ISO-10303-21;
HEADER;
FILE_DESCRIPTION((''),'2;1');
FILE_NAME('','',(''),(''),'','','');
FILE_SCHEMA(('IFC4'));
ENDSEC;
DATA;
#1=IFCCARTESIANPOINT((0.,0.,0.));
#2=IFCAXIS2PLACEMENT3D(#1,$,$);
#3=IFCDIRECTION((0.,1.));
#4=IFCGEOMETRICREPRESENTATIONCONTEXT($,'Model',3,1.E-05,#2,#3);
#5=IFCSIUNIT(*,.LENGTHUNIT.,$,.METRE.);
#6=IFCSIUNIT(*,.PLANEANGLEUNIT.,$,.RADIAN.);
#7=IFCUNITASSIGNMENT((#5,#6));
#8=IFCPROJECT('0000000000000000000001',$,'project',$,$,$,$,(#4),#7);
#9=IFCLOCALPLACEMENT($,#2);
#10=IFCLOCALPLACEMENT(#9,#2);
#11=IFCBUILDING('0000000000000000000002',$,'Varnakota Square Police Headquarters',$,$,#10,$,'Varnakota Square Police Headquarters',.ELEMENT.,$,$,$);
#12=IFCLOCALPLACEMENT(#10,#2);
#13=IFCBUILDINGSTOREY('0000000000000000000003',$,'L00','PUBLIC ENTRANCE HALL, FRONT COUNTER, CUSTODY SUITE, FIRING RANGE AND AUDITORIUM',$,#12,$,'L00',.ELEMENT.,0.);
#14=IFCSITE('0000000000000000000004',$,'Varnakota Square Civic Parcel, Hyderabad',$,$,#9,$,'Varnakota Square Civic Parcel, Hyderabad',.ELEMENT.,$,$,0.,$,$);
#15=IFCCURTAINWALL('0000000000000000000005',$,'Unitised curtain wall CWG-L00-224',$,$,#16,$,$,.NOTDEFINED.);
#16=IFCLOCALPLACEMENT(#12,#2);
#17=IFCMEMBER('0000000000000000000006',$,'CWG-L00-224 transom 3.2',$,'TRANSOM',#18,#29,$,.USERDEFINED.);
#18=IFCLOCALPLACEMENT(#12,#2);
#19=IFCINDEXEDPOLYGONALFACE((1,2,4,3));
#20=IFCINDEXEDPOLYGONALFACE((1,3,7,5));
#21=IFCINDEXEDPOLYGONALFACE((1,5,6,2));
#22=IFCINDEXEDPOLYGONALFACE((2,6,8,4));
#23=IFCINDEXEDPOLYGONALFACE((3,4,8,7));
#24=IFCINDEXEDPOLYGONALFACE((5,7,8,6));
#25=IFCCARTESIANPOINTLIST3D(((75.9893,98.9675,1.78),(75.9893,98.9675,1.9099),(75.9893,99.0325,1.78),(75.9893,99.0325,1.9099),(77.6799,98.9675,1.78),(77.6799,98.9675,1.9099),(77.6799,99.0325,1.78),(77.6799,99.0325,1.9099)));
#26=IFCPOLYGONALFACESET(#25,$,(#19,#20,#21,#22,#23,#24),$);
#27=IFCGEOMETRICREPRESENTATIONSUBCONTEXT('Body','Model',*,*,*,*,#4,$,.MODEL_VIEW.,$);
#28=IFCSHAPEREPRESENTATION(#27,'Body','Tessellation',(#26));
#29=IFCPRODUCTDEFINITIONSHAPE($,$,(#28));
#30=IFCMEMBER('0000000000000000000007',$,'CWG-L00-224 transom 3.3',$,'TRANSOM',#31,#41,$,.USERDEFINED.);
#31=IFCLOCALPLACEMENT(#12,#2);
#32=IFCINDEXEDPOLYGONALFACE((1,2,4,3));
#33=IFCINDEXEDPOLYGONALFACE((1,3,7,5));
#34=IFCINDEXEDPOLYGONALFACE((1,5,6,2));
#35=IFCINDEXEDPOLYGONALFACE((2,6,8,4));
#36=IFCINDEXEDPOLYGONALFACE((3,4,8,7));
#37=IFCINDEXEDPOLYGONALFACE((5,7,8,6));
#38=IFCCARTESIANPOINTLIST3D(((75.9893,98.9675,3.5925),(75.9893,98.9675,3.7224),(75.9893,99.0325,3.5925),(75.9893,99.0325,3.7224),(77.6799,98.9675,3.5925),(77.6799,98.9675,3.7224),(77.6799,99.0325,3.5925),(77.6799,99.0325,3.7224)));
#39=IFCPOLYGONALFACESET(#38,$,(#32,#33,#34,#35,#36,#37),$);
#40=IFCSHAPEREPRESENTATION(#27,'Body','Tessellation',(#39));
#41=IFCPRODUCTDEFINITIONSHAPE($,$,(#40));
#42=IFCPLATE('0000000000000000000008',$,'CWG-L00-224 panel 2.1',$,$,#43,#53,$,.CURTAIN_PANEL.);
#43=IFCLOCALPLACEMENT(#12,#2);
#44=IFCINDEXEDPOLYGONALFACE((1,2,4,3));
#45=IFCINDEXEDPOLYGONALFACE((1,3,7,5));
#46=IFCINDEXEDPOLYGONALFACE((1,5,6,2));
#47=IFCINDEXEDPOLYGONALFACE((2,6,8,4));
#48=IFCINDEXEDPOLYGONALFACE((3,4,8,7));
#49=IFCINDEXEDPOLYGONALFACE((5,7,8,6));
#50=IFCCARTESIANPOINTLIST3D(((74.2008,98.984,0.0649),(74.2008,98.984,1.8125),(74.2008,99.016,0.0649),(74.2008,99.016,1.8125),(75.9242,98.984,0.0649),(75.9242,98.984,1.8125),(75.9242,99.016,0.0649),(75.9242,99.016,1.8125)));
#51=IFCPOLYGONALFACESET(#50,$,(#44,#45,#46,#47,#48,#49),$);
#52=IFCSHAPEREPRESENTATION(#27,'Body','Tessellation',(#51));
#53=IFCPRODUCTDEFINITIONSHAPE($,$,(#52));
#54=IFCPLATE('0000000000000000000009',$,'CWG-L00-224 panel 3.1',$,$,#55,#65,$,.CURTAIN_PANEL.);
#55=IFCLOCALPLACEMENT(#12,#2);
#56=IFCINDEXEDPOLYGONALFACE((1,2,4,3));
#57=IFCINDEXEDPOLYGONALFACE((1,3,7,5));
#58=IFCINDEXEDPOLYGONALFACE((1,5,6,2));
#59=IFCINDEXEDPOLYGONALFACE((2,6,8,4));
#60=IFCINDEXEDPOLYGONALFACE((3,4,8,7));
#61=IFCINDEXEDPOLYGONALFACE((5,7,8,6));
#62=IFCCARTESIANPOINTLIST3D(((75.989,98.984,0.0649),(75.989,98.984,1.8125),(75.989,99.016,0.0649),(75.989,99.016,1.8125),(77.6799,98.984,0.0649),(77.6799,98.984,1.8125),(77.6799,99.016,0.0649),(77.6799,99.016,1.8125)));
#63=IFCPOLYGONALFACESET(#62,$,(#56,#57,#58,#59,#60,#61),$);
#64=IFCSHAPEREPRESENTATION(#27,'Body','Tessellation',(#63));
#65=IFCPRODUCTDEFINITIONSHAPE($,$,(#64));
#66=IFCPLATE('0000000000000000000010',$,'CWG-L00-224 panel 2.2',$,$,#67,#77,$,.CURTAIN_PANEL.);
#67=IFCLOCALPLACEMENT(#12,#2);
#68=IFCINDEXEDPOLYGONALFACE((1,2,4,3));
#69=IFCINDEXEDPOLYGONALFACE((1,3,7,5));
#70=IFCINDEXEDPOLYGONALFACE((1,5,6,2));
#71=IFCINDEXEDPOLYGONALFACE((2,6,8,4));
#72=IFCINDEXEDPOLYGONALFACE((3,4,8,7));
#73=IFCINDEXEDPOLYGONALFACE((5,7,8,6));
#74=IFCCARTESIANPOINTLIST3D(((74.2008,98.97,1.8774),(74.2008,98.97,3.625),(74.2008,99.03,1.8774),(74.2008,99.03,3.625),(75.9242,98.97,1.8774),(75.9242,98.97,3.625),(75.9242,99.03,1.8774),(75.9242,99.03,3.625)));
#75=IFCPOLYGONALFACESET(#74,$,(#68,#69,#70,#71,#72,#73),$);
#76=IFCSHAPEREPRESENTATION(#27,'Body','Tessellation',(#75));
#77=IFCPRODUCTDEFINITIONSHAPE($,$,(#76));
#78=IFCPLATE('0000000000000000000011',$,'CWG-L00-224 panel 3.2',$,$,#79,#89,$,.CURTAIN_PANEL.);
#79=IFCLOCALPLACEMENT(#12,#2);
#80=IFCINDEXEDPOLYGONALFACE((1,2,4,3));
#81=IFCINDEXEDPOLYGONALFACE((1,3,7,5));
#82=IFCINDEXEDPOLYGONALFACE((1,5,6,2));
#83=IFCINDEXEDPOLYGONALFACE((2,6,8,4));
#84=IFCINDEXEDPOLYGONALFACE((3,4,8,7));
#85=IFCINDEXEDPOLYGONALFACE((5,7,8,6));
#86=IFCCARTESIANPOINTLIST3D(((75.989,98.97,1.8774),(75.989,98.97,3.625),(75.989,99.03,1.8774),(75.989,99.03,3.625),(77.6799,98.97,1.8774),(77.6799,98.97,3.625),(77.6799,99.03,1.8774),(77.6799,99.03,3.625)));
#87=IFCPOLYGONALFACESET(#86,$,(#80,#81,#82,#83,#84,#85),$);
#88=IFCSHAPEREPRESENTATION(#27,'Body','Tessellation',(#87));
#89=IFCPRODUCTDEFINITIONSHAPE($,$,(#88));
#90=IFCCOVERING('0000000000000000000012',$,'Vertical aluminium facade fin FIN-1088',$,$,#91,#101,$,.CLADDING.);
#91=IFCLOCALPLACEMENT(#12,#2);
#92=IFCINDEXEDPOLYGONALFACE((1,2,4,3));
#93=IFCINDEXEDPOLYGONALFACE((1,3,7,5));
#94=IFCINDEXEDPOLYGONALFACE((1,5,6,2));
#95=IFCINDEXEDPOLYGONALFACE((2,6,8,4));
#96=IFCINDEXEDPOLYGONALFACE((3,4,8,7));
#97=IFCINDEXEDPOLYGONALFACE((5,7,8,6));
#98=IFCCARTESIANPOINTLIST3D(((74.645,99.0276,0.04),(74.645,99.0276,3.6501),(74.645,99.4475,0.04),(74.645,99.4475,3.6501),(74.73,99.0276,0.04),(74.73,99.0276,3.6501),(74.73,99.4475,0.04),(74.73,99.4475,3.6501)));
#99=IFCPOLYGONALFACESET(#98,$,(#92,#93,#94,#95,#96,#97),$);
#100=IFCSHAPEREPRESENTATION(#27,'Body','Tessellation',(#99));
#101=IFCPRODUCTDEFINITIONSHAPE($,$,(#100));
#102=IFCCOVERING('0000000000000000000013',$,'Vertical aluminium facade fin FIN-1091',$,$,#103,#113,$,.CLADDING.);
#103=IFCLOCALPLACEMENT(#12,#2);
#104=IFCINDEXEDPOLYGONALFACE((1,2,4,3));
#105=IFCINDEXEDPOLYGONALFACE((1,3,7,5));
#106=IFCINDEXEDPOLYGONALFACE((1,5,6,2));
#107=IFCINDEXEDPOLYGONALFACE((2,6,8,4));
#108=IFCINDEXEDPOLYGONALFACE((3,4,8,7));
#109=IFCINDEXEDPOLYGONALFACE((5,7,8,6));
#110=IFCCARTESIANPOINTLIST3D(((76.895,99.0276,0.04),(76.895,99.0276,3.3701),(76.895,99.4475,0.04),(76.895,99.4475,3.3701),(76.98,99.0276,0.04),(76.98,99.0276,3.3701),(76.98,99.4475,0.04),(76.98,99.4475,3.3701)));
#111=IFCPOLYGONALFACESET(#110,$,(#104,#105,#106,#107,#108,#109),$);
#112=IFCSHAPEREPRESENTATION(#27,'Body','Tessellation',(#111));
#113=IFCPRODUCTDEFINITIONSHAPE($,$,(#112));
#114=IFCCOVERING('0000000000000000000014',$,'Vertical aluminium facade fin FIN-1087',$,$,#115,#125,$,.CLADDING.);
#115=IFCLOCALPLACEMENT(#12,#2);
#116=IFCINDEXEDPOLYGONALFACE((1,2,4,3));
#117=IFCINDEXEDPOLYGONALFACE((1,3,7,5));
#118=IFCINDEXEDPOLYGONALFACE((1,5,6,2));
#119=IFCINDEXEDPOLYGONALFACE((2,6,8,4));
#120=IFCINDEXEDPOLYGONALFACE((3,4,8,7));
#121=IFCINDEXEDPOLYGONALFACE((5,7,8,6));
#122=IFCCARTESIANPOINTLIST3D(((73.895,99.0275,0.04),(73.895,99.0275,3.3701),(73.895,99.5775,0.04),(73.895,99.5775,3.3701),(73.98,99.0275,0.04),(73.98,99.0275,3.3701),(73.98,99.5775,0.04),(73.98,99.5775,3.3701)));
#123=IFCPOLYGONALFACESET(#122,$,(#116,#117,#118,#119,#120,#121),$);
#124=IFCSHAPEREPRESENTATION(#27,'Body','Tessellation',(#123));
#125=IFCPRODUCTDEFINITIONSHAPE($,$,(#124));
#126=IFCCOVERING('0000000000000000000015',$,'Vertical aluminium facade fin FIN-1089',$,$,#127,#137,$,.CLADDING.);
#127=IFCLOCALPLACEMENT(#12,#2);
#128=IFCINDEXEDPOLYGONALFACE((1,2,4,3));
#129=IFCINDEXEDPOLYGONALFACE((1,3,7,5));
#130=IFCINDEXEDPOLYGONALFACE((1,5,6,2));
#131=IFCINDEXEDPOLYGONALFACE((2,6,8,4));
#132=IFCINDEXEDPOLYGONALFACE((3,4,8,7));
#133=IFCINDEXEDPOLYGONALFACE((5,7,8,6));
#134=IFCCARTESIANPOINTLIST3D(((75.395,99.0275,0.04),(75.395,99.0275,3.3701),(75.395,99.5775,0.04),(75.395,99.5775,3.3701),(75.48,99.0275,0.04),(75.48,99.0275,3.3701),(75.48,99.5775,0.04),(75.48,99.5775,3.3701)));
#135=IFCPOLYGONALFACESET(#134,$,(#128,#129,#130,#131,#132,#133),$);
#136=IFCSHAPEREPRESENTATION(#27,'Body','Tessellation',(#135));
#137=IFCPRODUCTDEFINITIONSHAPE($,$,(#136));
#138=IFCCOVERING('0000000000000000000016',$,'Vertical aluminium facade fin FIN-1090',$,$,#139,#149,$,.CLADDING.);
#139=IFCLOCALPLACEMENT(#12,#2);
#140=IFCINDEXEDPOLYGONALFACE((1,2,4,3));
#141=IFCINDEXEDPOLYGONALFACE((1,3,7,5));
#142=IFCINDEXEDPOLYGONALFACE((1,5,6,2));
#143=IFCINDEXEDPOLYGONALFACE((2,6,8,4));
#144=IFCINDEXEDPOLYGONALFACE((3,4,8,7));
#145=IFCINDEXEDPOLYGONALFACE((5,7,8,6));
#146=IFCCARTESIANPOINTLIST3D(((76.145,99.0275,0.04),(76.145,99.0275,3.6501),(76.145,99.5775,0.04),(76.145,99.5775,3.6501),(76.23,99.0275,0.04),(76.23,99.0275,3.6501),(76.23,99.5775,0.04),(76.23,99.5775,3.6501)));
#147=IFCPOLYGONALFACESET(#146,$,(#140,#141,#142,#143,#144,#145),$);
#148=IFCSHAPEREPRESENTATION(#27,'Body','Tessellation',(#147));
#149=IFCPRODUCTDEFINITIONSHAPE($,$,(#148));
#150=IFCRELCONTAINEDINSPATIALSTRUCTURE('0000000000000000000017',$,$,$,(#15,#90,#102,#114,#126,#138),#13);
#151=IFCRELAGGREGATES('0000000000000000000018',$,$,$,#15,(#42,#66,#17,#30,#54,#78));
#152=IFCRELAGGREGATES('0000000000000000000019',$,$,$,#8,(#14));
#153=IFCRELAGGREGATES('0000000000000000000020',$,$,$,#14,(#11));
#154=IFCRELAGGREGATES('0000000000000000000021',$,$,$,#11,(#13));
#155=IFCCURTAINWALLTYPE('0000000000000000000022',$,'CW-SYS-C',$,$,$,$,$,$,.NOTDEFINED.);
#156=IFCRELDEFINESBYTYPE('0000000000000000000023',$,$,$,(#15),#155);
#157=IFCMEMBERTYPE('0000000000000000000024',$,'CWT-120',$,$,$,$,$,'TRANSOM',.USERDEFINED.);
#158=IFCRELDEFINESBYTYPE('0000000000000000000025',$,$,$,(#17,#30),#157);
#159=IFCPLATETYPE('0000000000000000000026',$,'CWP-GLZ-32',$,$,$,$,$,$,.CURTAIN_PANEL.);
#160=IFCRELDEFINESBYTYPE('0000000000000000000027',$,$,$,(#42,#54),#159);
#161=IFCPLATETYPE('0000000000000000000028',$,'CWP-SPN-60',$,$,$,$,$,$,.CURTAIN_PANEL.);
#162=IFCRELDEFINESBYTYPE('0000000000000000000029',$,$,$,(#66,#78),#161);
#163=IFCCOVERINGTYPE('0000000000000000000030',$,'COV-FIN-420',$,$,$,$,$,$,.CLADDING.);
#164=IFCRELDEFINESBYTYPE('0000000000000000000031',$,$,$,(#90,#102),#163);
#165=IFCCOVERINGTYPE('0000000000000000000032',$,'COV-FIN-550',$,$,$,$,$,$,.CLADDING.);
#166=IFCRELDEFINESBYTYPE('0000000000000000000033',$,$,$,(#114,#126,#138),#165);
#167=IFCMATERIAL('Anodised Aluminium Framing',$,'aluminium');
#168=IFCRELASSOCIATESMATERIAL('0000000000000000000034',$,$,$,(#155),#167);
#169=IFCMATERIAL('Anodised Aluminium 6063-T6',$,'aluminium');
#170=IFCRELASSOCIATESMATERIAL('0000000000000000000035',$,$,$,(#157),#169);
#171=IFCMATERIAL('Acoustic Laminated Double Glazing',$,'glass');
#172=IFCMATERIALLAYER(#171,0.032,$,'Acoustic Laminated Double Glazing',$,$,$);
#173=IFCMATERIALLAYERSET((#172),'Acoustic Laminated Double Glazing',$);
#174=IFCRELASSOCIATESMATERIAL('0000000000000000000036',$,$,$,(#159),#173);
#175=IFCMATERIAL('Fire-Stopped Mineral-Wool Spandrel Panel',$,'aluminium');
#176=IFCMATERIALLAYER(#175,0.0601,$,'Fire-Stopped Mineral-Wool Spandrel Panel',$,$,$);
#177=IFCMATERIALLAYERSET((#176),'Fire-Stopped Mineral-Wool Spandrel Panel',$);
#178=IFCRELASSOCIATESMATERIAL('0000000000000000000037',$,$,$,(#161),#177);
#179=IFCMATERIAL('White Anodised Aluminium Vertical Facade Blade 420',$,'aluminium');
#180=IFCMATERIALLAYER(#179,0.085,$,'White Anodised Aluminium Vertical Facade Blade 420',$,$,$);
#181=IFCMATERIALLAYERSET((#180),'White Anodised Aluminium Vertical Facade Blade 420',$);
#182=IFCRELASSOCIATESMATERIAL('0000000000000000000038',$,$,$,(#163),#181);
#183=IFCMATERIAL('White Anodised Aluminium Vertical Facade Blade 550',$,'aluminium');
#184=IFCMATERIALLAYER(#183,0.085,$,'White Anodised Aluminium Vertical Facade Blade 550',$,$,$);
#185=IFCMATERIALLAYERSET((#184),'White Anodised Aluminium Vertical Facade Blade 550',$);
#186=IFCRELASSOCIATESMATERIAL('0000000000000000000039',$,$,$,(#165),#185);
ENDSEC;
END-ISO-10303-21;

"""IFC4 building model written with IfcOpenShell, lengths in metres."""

from ifc_helpers import new_model, si_unit, direction, frame, origin, origin_2d, place, context, subcontext, project, spatial, rectangle, extrude, material, layer, layer_set, material_profile, profile_set, type_object, element, aggregate, save


model = new_model("IFC4")

# Units and contexts
model_context = context("Model", 3, precision=1e-05, world=origin(), true_north=direction((0.0, 1.0)))
body_context = subcontext(model_context, "Body", "Model", "MODEL_VIEW")
ifc_project = project(units=[si_unit("LENGTHUNIT", "METRE"), si_unit("PLANEANGLEUNIT", "RADIAN")], contexts=[model_context])

# Site, building, storey
site_placement = place(None, origin())
site = spatial("IfcSite", under=ifc_project, at=site_placement, Name="Varnakota Square Civic Parcel, Hyderabad", LongName="Varnakota Square Civic Parcel, Hyderabad", CompositionType="ELEMENT", RefElevation=0.0)
building_placement = place(site_placement, origin())
building = spatial("IfcBuilding", under=site, at=building_placement, Name="Varnakota Square Police Headquarters", LongName="Varnakota Square Police Headquarters", CompositionType="ELEMENT")
storey_placement = place(building_placement, origin())
storey = spatial("IfcBuildingStorey", under=building, at=storey_placement, Name="L00", Description="PUBLIC ENTRANCE HALL, FRONT COUNTER, CUSTODY SUITE, FIRING RANGE AND AUDITORIUM", LongName="L00", CompositionType="ELEMENT", Elevation=0.0)

# Curtain wall
ifc_material_1 = material(Name="Anodised Aluminium Framing", Category="aluminium")
curtain_wall_type = type_object("IfcCurtainWallType", Name="CW-SYS-C", PredefinedType="NOTDEFINED", material=ifc_material_1)
curtain_wall_1_placement = place(storey_placement, origin())
curtain_wall_1 = element("IfcCurtainWall", 1, at=curtain_wall_1_placement, inside=storey, type_object=curtain_wall_type, Name="Unitised curtain wall CWG-L00-224", PredefinedType="NOTDEFINED")
ifc_material_2 = material(Name="Anodised Aluminium 6063-T6", Category="aluminium")

# Members
ifc_material_profile_1 = material_profile(ifc_material_2, rectangle(XDim=0.0649, YDim=0.1299, at=origin_2d()), Name="ALU TRANSOM 65x130")
ifc_profile_set_1 = profile_set([ifc_material_profile_1], Name="Anodised Aluminium 6063-T6")
member_type_1 = type_object("IfcMemberType", Name="CWT-120", ElementType="TRANSOM", PredefinedType="USERDEFINED", material=ifc_profile_set_1)
member_1_placement = place(storey_placement, frame((75.9893, 99.0, 1.845), z_axis=(1.0, 0.0, 0.0), x_axis=(0.0, 1.0, 0.0)))
member_1 = element("IfcMember", 2, at=member_1_placement, type_object=member_type_1, Name="CWG-L00-224 transom 3.2", ObjectType="TRANSOM", PredefinedType="USERDEFINED", context=body_context, shape_type="SweptSolid", body=[
    extrude(rectangle(XDim=0.0649, YDim=0.1299, at=origin_2d()), origin(), (0.0, 0.0, 1.0), 1.6907),
])
member_2_placement = place(storey_placement, frame((75.9893, 99.0, 3.6575), z_axis=(1.0, 0.0, 0.0), x_axis=(0.0, 1.0, 0.0)))
member_2 = element("IfcMember", 3, at=member_2_placement, type_object=member_type_1, Name="CWG-L00-224 transom 3.3", ObjectType="TRANSOM", PredefinedType="USERDEFINED", context=body_context, shape_type="SweptSolid", body=[
    extrude(rectangle(XDim=0.0649, YDim=0.1299, at=origin_2d()), origin(), (0.0, 0.0, 1.0), 1.6907),
])

# Plates
ifc_material_3 = material(Name="Acoustic Laminated Double Glazing", Category="glass")
ifc_layer_1 = layer(ifc_material_3, 0.032, Name="Acoustic Laminated Double Glazing")
ifc_layer_set_1 = layer_set([ifc_layer_1], Name="Acoustic Laminated Double Glazing")
plate_type_1 = type_object("IfcPlateType", Name="CWP-GLZ-32", PredefinedType="CURTAIN_PANEL", material=ifc_layer_set_1)
plate_1_placement = place(storey_placement, frame((75.0625, 99.0, 0.0649), z_axis=(0.0, 0.0, 1.0), x_axis=(1.0, 0.0, 0.0)))
plate_1 = element("IfcPlate", 4, at=plate_1_placement, type_object=plate_type_1, Name="CWG-L00-224 panel 2.1", PredefinedType="CURTAIN_PANEL", context=body_context, shape_type="SweptSolid", body=[
    extrude(rectangle(XDim=1.7234, YDim=0.032, at=origin_2d()), origin(), (0.0, 0.0, 1.0), 1.7476),
])
plate_2_placement = place(storey_placement, frame((76.8345, 99.0, 0.0649), z_axis=(0.0, 0.0, 1.0), x_axis=(1.0, 0.0, 0.0)))
plate_2 = element("IfcPlate", 5, at=plate_2_placement, type_object=plate_type_1, Name="CWG-L00-224 panel 3.1", PredefinedType="CURTAIN_PANEL", context=body_context, shape_type="SweptSolid", body=[
    extrude(rectangle(XDim=1.6909, YDim=0.032, at=origin_2d()), origin(), (0.0, 0.0, 1.0), 1.7476),
])
ifc_material_4 = material(Name="Fire-Stopped Mineral-Wool Spandrel Panel", Category="aluminium")
ifc_layer_2 = layer(ifc_material_4, 0.0601, Name="Fire-Stopped Mineral-Wool Spandrel Panel")
ifc_layer_set_2 = layer_set([ifc_layer_2], Name="Fire-Stopped Mineral-Wool Spandrel Panel")
plate_type_2 = type_object("IfcPlateType", Name="CWP-SPN-60", PredefinedType="CURTAIN_PANEL", material=ifc_layer_set_2)
plate_3_placement = place(storey_placement, frame((75.0625, 99.0, 1.8774), z_axis=(0.0, 0.0, 1.0), x_axis=(1.0, 0.0, 0.0)))
plate_3 = element("IfcPlate", 6, at=plate_3_placement, type_object=plate_type_2, Name="CWG-L00-224 panel 2.2", PredefinedType="CURTAIN_PANEL", context=body_context, shape_type="SweptSolid", body=[
    extrude(rectangle(XDim=1.7234, YDim=0.0601, at=origin_2d()), origin(), (0.0, 0.0, 1.0), 1.7476),
])
plate_4_placement = place(storey_placement, frame((76.8345, 99.0, 1.8774), z_axis=(0.0, 0.0, 1.0), x_axis=(1.0, 0.0, 0.0)))
plate_4 = element("IfcPlate", 7, at=plate_4_placement, type_object=plate_type_2, Name="CWG-L00-224 panel 3.2", PredefinedType="CURTAIN_PANEL", context=body_context, shape_type="SweptSolid", body=[
    extrude(rectangle(XDim=1.6909, YDim=0.0601, at=origin_2d()), origin(), (0.0, 0.0, 1.0), 1.7476),
])
aggregate(curtain_wall_1, [plate_1, plate_3, member_1, member_2, plate_2, plate_4])

# Coverings
ifc_material_5 = material(Name="White Anodised Aluminium Vertical Facade Blade 420", Category="aluminium")
ifc_layer_3 = layer(ifc_material_5, 0.085, Name="White Anodised Aluminium Vertical Facade Blade 420")
ifc_layer_set_3 = layer_set([ifc_layer_3], Name="White Anodised Aluminium Vertical Facade Blade 420")
covering_type_1 = type_object("IfcCoveringType", Name="COV-FIN-420", PredefinedType="CLADDING", material=ifc_layer_set_3)
covering_1_placement = place(storey_placement, frame((74.6875, 99.2375, 0.04), z_axis=(0.0, 0.0, 1.0), x_axis=(1.0, 0.0, 0.0)))
element("IfcCovering", 8, at=covering_1_placement, inside=storey, type_object=covering_type_1, Name="Vertical aluminium facade fin FIN-1088", PredefinedType="CLADDING", context=body_context, shape_type="SweptSolid", body=[
    extrude(rectangle(XDim=0.085, YDim=0.4199, at=origin_2d()), origin(), (0.0, 0.0, 1.0), 3.6101),
])
covering_2_placement = place(storey_placement, frame((76.9375, 99.2375, 0.04), z_axis=(0.0, 0.0, 1.0), x_axis=(1.0, 0.0, 0.0)))
element("IfcCovering", 9, at=covering_2_placement, inside=storey, type_object=covering_type_1, Name="Vertical aluminium facade fin FIN-1091", PredefinedType="CLADDING", context=body_context, shape_type="SweptSolid", body=[
    extrude(rectangle(XDim=0.085, YDim=0.4199, at=origin_2d()), origin(), (0.0, 0.0, 1.0), 3.3301),
])
ifc_material_6 = material(Name="White Anodised Aluminium Vertical Facade Blade 550", Category="aluminium")
ifc_layer_4 = layer(ifc_material_6, 0.085, Name="White Anodised Aluminium Vertical Facade Blade 550")
ifc_layer_set_4 = layer_set([ifc_layer_4], Name="White Anodised Aluminium Vertical Facade Blade 550")
covering_type_2 = type_object("IfcCoveringType", Name="COV-FIN-550", PredefinedType="CLADDING", material=ifc_layer_set_4)
for number, where, z_axis, x_axis, name in (
    (10, (73.9375, 99.3025, 0.04), (0.0, 0.0, 1.0), (1.0, 0.0, 0.0), "Vertical aluminium facade fin FIN-1087"),
    (11, (75.4375, 99.3025, 0.04), (0.0, 0.0, 1.0), (1.0, 0.0, 0.0), "Vertical aluminium facade fin FIN-1089"),
):
    element("IfcCovering", number, at=place(storey_placement, frame(where, z_axis=z_axis, x_axis=x_axis)), inside=storey, type_object=covering_type_2, Name=name, PredefinedType="CLADDING", context=body_context, shape_type="SweptSolid", body=[
        extrude(rectangle(XDim=0.085, YDim=0.55, at=origin_2d()), origin(), (0.0, 0.0, 1.0), 3.3301),
    ])
covering_3_placement = place(storey_placement, frame((76.1875, 99.3025, 0.04), z_axis=(0.0, 0.0, 1.0), x_axis=(1.0, 0.0, 0.0)))
element("IfcCovering", 12, at=covering_3_placement, inside=storey, type_object=covering_type_2, Name="Vertical aluminium facade fin FIN-1090", PredefinedType="CLADDING", context=body_context, shape_type="SweptSolid", body=[
    extrude(rectangle(XDim=0.085, YDim=0.55, at=origin_2d()), origin(), (0.0, 0.0, 1.0), 3.6101),
])

save(model, "model.ifc")
